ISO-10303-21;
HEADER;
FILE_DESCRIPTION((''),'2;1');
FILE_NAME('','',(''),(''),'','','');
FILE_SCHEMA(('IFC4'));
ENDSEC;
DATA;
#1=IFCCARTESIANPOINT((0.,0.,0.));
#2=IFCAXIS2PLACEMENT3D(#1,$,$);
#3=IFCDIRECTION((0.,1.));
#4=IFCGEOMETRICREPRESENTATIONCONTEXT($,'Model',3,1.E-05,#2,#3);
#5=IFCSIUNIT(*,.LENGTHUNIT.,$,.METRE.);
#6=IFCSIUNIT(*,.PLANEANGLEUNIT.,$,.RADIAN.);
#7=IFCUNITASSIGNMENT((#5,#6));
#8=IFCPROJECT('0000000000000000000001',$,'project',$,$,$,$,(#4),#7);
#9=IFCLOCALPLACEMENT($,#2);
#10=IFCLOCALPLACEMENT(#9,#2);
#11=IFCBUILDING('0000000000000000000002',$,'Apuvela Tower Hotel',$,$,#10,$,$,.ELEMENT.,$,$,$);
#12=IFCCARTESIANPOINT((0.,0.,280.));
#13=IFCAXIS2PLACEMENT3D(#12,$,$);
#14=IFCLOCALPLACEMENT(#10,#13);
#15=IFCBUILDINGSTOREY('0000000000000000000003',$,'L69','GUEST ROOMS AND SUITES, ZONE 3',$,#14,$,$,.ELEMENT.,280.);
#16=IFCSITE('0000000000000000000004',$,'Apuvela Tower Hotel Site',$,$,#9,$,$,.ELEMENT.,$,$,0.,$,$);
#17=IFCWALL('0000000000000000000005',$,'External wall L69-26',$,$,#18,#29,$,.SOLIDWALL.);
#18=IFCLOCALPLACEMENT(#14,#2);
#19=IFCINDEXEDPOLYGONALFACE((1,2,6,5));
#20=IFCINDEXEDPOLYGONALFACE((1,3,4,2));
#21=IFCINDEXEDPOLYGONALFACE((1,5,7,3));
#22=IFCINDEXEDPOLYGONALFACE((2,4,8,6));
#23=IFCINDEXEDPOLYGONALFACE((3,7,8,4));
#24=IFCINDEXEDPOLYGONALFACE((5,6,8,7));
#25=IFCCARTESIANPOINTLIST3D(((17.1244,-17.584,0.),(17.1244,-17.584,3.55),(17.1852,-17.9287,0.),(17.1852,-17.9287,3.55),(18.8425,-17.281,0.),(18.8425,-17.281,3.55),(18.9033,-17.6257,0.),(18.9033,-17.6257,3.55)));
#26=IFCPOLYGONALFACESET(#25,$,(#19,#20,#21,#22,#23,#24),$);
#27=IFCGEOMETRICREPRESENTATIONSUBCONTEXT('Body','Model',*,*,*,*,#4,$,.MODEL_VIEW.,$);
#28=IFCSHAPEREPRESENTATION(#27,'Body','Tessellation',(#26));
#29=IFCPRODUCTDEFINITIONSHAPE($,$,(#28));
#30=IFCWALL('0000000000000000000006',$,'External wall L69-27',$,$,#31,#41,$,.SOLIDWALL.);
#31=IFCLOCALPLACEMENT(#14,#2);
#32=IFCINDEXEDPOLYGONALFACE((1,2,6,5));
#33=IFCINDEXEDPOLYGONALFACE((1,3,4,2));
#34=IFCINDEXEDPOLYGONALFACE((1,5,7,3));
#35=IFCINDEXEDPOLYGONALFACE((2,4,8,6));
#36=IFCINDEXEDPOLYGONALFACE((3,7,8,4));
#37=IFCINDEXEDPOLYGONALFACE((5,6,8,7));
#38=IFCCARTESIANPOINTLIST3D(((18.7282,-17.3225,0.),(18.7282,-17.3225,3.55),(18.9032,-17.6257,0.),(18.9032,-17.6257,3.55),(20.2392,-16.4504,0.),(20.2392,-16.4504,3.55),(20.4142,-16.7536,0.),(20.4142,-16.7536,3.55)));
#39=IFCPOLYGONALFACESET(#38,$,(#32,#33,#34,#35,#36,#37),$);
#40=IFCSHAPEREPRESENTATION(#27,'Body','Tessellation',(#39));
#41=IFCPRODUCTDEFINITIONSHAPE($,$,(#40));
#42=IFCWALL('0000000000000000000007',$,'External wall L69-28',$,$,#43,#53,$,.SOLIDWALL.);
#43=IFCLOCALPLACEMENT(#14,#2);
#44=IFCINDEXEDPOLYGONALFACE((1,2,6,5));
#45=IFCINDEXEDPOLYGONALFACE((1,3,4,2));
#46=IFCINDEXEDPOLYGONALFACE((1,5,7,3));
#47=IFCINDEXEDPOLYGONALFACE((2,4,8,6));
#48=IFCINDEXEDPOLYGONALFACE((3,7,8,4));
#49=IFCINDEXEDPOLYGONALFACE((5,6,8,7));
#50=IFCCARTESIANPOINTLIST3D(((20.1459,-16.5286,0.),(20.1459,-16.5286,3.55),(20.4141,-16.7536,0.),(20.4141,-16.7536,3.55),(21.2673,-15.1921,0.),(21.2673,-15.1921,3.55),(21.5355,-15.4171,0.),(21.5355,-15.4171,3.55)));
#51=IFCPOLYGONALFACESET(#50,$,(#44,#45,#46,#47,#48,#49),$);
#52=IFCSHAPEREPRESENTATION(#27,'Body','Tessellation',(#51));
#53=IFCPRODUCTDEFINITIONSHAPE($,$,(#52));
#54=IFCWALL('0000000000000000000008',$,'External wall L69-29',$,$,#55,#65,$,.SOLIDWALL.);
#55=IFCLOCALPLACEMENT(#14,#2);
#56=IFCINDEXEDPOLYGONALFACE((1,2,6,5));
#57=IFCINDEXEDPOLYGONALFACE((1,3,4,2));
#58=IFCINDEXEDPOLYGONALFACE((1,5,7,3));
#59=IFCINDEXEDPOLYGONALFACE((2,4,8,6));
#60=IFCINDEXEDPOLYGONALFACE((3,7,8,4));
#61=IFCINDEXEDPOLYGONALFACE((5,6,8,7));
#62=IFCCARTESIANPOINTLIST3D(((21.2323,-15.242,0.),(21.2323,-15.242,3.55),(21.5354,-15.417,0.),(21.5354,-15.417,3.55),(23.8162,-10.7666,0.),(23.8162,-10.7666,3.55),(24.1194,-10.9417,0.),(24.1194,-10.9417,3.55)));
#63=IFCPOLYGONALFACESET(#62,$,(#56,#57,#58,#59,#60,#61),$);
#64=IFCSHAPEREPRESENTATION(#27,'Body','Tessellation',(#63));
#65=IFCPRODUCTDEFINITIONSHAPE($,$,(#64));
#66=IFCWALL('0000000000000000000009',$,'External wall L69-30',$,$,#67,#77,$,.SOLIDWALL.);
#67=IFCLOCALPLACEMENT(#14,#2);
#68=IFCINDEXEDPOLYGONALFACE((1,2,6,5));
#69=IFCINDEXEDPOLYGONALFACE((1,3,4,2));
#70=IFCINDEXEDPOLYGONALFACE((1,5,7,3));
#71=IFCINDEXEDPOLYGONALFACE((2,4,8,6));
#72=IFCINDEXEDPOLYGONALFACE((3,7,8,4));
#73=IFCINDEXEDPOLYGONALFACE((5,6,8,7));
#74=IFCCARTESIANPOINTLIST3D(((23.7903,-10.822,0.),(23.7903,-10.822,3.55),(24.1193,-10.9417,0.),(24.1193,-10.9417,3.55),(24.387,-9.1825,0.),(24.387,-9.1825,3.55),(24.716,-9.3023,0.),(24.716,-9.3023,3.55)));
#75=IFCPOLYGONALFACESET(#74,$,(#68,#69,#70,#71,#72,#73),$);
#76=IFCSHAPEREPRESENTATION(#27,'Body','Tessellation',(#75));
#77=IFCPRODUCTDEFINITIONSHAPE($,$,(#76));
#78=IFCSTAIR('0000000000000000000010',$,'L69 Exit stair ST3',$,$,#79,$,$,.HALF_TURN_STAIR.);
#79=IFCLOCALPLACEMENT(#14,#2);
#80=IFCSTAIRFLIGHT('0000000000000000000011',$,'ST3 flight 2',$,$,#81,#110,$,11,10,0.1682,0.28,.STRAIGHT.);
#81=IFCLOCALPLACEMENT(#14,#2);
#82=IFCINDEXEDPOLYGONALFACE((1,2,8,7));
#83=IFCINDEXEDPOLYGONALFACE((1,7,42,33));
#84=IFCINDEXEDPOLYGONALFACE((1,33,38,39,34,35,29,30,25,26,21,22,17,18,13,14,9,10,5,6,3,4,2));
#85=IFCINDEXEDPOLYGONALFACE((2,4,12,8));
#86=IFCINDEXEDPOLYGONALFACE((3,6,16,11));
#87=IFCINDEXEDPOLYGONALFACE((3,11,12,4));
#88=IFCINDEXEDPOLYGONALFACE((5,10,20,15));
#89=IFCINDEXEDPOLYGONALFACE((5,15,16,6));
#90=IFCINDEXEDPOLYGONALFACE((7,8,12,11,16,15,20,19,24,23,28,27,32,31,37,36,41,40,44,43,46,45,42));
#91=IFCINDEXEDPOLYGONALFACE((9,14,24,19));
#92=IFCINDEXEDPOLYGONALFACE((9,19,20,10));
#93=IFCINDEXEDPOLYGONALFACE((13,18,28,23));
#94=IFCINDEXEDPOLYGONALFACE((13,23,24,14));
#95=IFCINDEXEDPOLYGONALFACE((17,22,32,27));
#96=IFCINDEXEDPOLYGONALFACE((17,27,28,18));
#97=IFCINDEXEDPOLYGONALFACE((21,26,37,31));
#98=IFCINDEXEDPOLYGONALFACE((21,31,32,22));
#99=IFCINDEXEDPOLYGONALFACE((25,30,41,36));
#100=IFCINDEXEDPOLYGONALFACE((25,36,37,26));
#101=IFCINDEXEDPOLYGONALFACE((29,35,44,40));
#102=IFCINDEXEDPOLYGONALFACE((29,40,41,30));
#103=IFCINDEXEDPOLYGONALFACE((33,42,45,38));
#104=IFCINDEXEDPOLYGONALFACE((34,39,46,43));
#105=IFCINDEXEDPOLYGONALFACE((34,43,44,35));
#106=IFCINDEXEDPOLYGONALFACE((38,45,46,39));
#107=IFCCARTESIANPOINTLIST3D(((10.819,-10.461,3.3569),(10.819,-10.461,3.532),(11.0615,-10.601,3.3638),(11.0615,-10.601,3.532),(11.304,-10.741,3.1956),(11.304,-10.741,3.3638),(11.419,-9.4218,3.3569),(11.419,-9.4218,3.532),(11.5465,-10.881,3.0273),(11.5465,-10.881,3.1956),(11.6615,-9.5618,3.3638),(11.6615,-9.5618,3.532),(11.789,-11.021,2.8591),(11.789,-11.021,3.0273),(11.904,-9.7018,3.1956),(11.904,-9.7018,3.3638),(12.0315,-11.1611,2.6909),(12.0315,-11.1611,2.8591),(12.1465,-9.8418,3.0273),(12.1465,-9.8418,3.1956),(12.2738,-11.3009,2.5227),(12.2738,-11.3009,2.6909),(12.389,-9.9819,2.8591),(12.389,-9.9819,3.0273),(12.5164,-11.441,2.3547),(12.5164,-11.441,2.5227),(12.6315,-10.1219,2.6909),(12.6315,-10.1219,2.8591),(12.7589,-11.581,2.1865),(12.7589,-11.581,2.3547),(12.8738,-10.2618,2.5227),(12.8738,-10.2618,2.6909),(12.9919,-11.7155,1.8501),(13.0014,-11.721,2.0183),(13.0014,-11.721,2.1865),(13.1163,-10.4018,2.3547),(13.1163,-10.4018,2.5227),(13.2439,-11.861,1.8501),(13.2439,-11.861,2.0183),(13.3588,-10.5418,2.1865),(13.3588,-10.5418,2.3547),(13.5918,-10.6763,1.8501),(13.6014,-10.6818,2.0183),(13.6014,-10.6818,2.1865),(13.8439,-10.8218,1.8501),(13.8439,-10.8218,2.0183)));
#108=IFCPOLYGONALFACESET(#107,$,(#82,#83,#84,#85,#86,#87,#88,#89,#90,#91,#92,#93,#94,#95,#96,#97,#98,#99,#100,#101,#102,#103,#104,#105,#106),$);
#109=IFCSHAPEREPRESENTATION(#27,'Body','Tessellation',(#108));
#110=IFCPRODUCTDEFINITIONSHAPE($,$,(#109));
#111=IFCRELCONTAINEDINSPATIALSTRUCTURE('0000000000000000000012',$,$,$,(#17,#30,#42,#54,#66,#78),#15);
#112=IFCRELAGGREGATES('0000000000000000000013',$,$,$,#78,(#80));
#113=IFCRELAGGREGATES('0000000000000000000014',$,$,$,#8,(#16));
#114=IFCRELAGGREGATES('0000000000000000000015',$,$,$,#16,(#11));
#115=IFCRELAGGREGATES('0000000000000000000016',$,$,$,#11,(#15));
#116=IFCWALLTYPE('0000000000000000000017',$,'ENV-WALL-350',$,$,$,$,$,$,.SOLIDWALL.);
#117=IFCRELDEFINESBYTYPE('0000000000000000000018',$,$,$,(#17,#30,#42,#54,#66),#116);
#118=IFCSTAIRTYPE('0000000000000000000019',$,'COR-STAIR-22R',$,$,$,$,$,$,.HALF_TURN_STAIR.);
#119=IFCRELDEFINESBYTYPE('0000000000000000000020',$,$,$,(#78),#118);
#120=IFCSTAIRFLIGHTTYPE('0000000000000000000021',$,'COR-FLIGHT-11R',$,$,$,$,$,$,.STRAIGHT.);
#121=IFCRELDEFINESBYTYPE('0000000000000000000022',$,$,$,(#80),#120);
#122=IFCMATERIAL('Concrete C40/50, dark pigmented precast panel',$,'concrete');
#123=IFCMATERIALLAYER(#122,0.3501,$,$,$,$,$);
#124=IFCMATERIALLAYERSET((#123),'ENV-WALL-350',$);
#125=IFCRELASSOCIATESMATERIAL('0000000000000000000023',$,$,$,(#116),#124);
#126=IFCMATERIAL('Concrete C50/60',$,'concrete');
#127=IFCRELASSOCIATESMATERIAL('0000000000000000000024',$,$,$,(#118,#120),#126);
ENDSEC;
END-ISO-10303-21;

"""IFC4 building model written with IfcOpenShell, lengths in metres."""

from ifc_helpers import new_model, si_unit, direction, frame, frame_2d, origin, place, context, subcontext, project, spatial, polyline, rectangle, outline, extrude, material, layer, layer_set, type_object, element, aggregate, save


model = new_model("IFC4")

# Units and contexts
model_context = context("Model", 3, precision=1e-05, world=origin(), true_north=direction((0.0, 1.0)))
body_context = subcontext(model_context, "Body", "Model", "MODEL_VIEW")
ifc_project = project(units=[si_unit("LENGTHUNIT", "METRE"), si_unit("PLANEANGLEUNIT", "RADIAN")], contexts=[model_context])

# Site, building, storey
site_placement = place(None, origin())
site = spatial("IfcSite", under=ifc_project, at=site_placement, Name="Apuvela Tower Hotel Site", CompositionType="ELEMENT", RefElevation=0.0)
building_placement = place(site_placement, origin())
building = spatial("IfcBuilding", under=site, at=building_placement, Name="Apuvela Tower Hotel", CompositionType="ELEMENT")
storey_placement = place(building_placement, frame((0.0, 0.0, 280.0)))
storey = spatial("IfcBuildingStorey", under=building, at=storey_placement, Name="L69", Description="GUEST ROOMS AND SUITES, ZONE 3", CompositionType="ELEMENT", Elevation=280.0)

# Shared definitions
ifc_material_1 = material(Name="Concrete C50/60", Category="concrete")

# Shared definitions
ifc_material_2 = material(Name="Concrete C40/50, dark pigmented precast panel", Category="concrete")
ifc_layer_1 = layer(ifc_material_2, 0.3501)
ifc_layer_set_1 = layer_set([ifc_layer_1], Name="ENV-WALL-350")
wall_type_1 = type_object("IfcWallType", Name="ENV-WALL-350", PredefinedType="SOLIDWALL", material=ifc_layer_set_1)

# Walls
for number, where, z_axis, x_axis, name in (
    (1, (17.1548, -17.7563, 0.0), (0.0, 0.0, 1.0), (0.984803, 0.173674, 0.0), "External wall L69-26"),
    (2, (18.8157, -17.4741, 0.0), (0.0, 0.0, 1.0), (0.866099, 0.499872, 0.0), "External wall L69-27"),
    (3, (20.28, -16.6411, 0.0), (0.0, 0.0, 1.0), (0.642769, 0.76606, 0.0), "External wall L69-28"),
):
    element("IfcWall", number, at=place(storey_placement, frame(where, z_axis=z_axis, x_axis=x_axis)), inside=storey, type_object=wall_type_1, Name=name, PredefinedType="SOLIDWALL", context=body_context, shape_type="SweptSolid", body=[
        extrude(rectangle(XDim=1.7446, YDim=0.3501, at=frame_2d((0.8723, 0.0))), origin(), (0.0, 0.0, 1.0), 3.55),
    ])
wall_1_placement = place(storey_placement, frame((21.3838, -15.3296, 0.0), z_axis=(0.0, 0.0, 1.0), x_axis=(0.500021, 0.866013, 0.0)))
element("IfcWall", 4, at=wall_1_placement, inside=storey, type_object=wall_type_1, Name="External wall L69-29", PredefinedType="SOLIDWALL", context=body_context, shape_type="SweptSolid", body=[
    extrude(rectangle(XDim=5.1677, YDim=0.3501, at=frame_2d((2.584, 0.0))), origin(), (0.0, 0.0, 1.0), 3.55),
])
wall_2_placement = place(storey_placement, frame((23.9548, -10.8818, 0.0), z_axis=(0.0, 0.0, 1.0), x_axis=(0.342013, 0.939695, 0.0)))
element("IfcWall", 5, at=wall_2_placement, inside=storey, type_object=wall_type_1, Name="External wall L69-30", PredefinedType="SOLIDWALL", context=body_context, shape_type="SweptSolid", body=[
    extrude(rectangle(XDim=1.7446, YDim=0.3501, at=frame_2d((0.8723, 0.0))), origin(), (0.0, 0.0, 1.0), 3.55),
])

# Stair, stair flight
stair_type = type_object("IfcStairType", Name="COR-STAIR-22R", PredefinedType="HALF_TURN_STAIR", material=ifc_material_1)
stair_placement = place(storey_placement, origin())
stair = element("IfcStair", 6, at=stair_placement, inside=storey, type_object=stair_type, Name="L69 Exit stair ST3", PredefinedType="HALF_TURN_STAIR")
stair_flight_type = type_object("IfcStairFlightType", Name="COR-FLIGHT-11R", PredefinedType="STRAIGHT", material=ifc_material_1)
stair_flight_placement = place(storey_placement, frame((13.5439, -11.3413, 1.8501), z_axis=(0.0, 0.0, 1.0), x_axis=(-0.866025, 0.5, 0.0)))
stair_flight = element("IfcStairFlight", 7, at=stair_flight_placement, type_object=stair_flight_type, Name="ST3 flight 2", NumberOfRisers=11, NumberOfTreads=10, PredefinedType="STRAIGHT", RiserHeight=0.1682, TreadLength=0.28, context=body_context, shape_type="SweptSolid", body=[
    extrude(outline(polyline([(0.0, 0.0), (0.0, 0.1682), (0.28, 0.1682), (0.28, 0.3364), (0.5601, 0.3364), (0.5601, 0.5046), (0.8401, 0.5046), (0.8401, 0.6726), (1.1201, 0.6726), (1.1201, 0.8408), (1.3999, 0.8408), (1.3999, 1.009), (1.6799, 1.009), (1.6799, 1.1772), (1.96, 1.1772), (1.96, 1.3455), (2.24, 1.3455), (2.24, 1.5137), (2.52, 1.5137), (2.52, 1.6819), (2.8, 1.6819), (2.8, 1.8501), (2.8, 1.5068), (0.291, 0.0), (0.0, 0.0)])), frame((0.0, 0.6001, 0.0), z_axis=(0.0, -1.0, 0.0), x_axis=(1.0, 0.0, 0.0)), (0.0, 0.0, 1.0), 1.2),
])
aggregate(stair, [stair_flight])

save(model, "model.ifc")
